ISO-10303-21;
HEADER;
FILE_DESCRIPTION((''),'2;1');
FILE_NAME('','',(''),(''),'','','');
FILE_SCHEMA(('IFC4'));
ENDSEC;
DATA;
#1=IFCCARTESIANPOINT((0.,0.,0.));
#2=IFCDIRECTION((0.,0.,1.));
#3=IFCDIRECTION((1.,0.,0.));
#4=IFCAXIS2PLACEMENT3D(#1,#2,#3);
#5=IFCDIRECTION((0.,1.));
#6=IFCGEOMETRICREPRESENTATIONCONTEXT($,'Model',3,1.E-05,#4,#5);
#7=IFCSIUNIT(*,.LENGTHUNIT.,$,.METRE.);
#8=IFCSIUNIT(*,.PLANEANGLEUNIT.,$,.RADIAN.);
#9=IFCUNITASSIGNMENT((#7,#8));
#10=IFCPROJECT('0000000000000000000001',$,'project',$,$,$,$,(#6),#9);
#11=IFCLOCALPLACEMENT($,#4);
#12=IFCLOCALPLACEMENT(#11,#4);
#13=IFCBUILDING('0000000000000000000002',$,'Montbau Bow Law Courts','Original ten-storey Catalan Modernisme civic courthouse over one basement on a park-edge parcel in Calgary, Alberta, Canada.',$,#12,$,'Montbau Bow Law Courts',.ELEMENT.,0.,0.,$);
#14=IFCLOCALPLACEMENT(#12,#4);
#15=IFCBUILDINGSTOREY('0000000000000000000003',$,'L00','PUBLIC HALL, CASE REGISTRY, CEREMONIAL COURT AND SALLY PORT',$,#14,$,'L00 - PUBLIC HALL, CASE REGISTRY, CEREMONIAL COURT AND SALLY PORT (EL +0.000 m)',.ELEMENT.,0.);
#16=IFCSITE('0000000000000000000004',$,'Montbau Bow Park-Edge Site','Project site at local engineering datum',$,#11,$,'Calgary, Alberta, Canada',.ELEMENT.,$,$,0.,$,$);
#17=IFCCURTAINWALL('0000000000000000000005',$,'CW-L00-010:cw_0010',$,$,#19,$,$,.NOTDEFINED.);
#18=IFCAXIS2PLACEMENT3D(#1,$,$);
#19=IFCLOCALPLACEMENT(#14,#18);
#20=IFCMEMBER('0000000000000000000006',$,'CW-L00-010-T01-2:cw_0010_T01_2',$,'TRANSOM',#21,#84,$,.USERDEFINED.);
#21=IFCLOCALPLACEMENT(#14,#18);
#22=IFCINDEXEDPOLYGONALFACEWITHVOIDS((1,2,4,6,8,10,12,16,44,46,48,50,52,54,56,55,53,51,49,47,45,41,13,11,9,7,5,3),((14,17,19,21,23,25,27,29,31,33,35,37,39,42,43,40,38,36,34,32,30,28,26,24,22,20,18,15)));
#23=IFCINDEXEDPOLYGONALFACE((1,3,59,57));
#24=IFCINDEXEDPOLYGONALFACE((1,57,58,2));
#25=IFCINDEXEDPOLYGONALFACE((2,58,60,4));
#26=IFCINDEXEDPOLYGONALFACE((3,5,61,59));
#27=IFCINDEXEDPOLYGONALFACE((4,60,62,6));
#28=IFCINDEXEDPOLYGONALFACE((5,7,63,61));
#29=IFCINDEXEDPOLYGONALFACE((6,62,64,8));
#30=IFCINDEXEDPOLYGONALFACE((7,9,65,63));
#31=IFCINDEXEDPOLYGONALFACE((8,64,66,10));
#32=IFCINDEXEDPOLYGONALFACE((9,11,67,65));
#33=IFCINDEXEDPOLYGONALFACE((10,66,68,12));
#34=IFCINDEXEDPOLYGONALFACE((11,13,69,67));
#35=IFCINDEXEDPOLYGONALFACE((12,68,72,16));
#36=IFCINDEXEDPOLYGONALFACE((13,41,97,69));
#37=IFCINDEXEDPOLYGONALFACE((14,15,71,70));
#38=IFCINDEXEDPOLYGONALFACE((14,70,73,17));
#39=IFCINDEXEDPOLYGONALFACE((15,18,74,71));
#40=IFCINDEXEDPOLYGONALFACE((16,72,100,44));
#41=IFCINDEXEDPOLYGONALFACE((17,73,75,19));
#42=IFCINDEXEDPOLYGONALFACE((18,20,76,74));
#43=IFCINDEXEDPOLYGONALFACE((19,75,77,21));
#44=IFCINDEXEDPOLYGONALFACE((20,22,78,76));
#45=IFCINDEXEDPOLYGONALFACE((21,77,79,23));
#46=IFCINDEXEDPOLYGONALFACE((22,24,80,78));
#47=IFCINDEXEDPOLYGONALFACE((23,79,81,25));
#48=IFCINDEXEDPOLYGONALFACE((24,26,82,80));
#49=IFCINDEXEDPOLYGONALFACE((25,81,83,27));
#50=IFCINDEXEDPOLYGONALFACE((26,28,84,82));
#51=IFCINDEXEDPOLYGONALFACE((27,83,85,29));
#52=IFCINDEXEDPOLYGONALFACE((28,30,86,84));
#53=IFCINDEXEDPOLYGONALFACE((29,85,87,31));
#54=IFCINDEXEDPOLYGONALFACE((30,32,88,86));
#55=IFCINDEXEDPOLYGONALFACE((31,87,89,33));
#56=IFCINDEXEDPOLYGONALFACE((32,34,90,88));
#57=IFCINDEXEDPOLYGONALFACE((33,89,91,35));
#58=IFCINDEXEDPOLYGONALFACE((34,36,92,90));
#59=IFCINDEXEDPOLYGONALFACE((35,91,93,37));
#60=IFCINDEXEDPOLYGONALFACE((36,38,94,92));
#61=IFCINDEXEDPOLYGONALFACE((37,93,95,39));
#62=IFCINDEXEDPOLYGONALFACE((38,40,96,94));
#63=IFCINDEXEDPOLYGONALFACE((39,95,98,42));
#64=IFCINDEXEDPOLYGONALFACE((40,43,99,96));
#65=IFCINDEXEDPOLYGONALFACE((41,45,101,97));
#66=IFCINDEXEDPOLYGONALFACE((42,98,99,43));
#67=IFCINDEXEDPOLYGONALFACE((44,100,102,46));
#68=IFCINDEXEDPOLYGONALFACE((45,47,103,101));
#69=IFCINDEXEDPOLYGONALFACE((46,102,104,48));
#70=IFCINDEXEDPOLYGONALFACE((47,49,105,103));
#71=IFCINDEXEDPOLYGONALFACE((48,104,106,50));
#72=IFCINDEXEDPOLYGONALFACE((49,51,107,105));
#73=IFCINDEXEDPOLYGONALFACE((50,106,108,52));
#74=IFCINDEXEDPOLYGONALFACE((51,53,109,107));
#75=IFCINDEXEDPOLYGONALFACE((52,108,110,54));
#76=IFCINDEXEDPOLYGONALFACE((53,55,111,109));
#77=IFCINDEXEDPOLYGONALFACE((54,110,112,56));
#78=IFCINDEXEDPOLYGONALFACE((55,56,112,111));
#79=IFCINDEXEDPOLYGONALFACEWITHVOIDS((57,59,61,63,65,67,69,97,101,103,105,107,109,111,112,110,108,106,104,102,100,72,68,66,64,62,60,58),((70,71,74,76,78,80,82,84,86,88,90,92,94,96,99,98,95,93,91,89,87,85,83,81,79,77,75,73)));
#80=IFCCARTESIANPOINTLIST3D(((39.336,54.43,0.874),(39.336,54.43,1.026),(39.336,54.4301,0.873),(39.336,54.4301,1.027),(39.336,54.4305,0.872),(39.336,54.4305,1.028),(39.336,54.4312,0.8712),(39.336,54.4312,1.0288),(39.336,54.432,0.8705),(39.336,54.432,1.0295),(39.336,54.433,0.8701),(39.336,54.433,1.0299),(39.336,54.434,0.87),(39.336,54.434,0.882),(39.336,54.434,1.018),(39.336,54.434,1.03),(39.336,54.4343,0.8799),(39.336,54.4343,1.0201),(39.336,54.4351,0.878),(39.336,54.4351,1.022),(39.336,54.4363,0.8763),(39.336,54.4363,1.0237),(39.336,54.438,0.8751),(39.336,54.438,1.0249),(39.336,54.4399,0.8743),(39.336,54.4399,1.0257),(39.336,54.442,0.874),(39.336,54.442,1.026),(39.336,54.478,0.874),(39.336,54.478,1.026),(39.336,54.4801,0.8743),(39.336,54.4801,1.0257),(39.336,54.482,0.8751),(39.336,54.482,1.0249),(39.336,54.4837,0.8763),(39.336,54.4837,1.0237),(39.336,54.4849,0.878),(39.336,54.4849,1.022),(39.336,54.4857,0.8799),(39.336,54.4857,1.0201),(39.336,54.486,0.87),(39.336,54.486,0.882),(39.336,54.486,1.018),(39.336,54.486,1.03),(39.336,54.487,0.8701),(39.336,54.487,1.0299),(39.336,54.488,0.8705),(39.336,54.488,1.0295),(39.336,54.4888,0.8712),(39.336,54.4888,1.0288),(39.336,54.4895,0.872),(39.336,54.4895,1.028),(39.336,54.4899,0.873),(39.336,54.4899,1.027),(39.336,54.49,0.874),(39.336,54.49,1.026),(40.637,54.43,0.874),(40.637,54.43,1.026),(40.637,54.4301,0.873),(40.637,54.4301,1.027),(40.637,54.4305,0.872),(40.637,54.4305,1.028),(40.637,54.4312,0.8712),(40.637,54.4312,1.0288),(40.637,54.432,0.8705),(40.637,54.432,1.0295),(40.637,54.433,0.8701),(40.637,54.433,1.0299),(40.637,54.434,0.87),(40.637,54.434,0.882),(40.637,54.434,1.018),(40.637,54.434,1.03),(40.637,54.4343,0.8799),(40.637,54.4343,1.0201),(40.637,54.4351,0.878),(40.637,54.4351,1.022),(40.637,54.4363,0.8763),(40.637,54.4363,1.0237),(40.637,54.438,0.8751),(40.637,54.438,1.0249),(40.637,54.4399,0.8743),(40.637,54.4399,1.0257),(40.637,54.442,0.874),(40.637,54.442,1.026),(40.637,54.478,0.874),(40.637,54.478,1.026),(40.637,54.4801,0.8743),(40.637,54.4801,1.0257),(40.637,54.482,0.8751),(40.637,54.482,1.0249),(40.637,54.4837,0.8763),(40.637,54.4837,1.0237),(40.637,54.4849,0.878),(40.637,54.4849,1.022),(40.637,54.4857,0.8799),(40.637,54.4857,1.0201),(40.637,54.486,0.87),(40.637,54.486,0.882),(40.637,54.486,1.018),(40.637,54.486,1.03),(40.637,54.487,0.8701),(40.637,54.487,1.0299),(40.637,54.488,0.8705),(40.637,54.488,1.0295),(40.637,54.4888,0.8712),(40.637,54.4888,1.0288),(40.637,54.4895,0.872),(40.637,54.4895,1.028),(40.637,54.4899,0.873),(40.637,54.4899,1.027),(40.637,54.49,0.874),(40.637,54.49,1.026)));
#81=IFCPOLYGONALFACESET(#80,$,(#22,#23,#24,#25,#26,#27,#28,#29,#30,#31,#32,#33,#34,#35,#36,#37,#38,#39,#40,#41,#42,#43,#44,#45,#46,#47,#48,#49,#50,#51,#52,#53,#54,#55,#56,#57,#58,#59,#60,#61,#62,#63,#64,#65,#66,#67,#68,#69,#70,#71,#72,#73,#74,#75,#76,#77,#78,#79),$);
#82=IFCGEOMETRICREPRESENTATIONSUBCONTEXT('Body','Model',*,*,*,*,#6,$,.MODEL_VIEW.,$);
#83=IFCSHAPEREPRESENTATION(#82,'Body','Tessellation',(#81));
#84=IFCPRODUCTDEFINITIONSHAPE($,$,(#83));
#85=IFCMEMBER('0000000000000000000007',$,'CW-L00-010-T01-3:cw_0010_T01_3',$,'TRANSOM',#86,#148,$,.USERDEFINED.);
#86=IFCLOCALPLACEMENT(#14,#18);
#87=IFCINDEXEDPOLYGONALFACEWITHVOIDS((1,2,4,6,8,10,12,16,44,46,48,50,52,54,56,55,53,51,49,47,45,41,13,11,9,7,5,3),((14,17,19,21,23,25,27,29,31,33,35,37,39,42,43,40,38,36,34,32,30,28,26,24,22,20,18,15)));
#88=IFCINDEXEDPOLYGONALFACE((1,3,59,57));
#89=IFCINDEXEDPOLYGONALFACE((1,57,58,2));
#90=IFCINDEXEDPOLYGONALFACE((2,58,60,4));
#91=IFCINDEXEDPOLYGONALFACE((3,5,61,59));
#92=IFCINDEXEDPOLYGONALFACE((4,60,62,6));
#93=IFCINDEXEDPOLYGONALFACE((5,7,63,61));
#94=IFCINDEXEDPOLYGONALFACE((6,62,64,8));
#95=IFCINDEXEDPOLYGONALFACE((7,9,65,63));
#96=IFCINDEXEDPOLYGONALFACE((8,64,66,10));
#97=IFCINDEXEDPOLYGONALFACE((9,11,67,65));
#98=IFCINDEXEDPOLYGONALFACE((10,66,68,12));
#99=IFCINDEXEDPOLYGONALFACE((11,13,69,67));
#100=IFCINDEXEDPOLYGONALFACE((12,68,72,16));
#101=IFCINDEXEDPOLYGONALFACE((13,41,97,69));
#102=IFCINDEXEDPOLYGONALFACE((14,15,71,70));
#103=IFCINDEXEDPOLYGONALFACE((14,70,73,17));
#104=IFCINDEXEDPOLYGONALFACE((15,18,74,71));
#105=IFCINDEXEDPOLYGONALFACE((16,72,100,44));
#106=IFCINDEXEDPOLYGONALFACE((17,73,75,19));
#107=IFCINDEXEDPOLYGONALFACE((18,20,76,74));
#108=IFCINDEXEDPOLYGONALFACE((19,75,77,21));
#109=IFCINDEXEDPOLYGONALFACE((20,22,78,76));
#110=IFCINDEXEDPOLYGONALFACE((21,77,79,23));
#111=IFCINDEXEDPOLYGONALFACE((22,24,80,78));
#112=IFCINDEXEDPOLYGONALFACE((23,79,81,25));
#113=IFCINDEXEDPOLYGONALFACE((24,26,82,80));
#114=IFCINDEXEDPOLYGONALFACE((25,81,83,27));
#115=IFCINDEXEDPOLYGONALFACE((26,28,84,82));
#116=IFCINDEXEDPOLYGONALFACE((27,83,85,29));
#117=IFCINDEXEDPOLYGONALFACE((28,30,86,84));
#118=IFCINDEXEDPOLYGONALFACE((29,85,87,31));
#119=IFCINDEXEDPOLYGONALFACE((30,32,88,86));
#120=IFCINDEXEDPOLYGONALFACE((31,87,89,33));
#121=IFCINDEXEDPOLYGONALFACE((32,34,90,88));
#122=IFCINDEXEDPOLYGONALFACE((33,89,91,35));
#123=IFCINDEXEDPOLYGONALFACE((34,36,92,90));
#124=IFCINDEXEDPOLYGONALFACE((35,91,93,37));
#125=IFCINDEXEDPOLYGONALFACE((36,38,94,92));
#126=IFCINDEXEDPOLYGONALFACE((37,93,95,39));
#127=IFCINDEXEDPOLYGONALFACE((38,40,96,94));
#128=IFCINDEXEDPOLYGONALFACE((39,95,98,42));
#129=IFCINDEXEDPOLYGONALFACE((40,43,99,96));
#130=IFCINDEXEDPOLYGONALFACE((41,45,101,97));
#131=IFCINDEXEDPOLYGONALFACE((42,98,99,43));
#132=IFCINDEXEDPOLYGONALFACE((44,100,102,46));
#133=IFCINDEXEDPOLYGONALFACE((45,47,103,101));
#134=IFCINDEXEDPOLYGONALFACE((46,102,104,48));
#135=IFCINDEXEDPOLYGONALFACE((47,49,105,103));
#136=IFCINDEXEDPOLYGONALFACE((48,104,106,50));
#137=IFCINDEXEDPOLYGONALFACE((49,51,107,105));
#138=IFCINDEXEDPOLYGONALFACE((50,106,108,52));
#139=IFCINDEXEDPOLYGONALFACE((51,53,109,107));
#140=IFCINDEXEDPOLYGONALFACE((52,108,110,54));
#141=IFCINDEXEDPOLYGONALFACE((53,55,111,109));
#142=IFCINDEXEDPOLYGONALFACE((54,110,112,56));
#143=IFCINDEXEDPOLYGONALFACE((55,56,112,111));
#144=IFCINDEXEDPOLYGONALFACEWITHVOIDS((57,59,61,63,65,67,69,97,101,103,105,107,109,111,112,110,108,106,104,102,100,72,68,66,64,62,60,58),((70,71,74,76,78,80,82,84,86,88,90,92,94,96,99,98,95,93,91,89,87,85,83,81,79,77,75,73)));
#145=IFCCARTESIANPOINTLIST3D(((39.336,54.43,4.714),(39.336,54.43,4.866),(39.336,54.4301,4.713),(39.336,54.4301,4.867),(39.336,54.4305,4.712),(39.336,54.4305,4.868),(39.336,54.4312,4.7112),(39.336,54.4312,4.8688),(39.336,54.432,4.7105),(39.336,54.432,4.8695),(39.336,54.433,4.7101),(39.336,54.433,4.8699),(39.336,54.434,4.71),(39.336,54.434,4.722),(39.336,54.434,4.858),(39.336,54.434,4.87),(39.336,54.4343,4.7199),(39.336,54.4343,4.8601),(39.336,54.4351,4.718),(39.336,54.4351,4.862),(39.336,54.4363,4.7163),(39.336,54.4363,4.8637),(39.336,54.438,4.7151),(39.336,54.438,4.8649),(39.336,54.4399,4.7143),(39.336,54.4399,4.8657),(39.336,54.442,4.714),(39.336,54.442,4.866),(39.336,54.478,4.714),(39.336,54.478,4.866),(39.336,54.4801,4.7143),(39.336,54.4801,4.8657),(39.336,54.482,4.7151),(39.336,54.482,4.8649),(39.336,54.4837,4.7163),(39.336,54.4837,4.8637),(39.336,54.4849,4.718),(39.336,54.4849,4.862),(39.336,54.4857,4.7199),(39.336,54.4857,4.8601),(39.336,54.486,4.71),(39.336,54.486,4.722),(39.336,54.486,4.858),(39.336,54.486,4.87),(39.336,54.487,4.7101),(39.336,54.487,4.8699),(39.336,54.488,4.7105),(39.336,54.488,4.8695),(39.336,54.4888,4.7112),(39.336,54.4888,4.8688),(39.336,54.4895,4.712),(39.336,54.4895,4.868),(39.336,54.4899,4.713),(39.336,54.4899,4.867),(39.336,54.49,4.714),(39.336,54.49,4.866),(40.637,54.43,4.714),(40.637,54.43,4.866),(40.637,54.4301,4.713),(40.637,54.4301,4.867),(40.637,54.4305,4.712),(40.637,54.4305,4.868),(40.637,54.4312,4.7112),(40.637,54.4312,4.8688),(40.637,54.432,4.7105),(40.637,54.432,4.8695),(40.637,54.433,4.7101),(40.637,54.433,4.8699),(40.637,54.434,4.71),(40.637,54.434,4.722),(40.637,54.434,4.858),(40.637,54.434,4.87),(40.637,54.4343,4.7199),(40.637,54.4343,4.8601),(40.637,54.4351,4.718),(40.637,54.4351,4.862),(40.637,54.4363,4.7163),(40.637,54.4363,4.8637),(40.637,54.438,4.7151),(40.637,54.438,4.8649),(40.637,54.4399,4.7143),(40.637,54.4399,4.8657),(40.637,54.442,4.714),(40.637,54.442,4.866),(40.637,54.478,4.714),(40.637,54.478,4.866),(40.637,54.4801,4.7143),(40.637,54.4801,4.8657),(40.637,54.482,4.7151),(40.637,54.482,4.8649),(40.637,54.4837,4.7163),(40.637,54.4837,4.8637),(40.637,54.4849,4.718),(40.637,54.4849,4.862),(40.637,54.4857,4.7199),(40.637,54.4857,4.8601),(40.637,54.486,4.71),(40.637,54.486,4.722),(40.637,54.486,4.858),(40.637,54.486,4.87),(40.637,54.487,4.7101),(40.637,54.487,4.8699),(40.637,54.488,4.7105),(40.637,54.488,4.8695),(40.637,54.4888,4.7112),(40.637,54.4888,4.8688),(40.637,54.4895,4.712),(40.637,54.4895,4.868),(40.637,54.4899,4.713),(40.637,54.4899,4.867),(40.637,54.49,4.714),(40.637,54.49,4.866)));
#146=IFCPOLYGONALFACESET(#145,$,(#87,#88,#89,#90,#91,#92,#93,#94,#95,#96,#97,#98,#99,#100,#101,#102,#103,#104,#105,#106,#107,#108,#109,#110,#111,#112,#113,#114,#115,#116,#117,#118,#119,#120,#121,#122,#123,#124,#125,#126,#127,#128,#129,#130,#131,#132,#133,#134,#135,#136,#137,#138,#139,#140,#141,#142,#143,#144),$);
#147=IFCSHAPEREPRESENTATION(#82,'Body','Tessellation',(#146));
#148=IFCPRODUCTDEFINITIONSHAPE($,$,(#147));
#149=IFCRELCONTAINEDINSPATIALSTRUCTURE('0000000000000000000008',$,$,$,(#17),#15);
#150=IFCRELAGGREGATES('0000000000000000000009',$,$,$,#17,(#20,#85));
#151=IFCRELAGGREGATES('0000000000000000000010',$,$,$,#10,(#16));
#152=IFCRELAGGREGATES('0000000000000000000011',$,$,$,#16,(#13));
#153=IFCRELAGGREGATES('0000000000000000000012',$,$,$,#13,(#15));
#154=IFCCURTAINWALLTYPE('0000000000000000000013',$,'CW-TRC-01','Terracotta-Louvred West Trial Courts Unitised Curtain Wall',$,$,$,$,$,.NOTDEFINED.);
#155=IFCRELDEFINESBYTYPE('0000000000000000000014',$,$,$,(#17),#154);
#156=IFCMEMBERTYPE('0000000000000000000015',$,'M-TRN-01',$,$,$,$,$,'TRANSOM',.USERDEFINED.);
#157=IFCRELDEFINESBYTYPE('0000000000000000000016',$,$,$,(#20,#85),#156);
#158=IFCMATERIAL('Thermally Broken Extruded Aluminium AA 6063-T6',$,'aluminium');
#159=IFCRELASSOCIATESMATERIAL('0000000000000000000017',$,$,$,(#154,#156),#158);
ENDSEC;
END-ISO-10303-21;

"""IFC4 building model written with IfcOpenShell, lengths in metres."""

from ifc_helpers import new_model, si_unit, direction, frame, origin_with_axes, origin_2d_with_axis, place, context, subcontext, project, spatial, hollow_rectangle, extrude, material, material_profile, profile_set, type_object, element, aggregate, save


model = new_model("IFC4")

# Units and contexts
model_context = context("Model", 3, precision=1e-05, world=origin_with_axes(), true_north=direction((0.0, 1.0)))
body_context = subcontext(model_context, "Body", "Model", "MODEL_VIEW")
ifc_project = project(units=[si_unit("LENGTHUNIT", "METRE"), si_unit("PLANEANGLEUNIT", "RADIAN")], contexts=[model_context])

# Site, building, storey
site_placement = place(None, origin_with_axes())
site = spatial("IfcSite", under=ifc_project, at=site_placement, Name="Montbau Bow Park-Edge Site", Description="Project site at local engineering datum", LongName="Calgary, Alberta, Canada", CompositionType="ELEMENT", RefElevation=0.0)
building_placement = place(site_placement, origin_with_axes())
building = spatial("IfcBuilding", under=site, at=building_placement, Name="Montbau Bow Law Courts", Description="Original ten-storey Catalan Modernisme civic courthouse over one basement on a park-edge parcel in Calgary, Alberta, Canada.", LongName="Montbau Bow Law Courts", CompositionType="ELEMENT", ElevationOfRefHeight=0.0, ElevationOfTerrain=0.0)
storey_placement = place(building_placement, origin_with_axes())
storey = spatial("IfcBuildingStorey", under=building, at=storey_placement, Name="L00", Description="PUBLIC HALL, CASE REGISTRY, CEREMONIAL COURT AND SALLY PORT", LongName="L00 - PUBLIC HALL, CASE REGISTRY, CEREMONIAL COURT AND SALLY PORT (EL +0.000 m)", CompositionType="ELEMENT", Elevation=0.0)

# Curtain wall, members
ifc_material_1 = material(Name="Thermally Broken Extruded Aluminium AA 6063-T6", Category="aluminium")
curtain_wall_type = type_object("IfcCurtainWallType", Name="CW-TRC-01", Description="Terracotta-Louvred West Trial Courts Unitised Curtain Wall", PredefinedType="NOTDEFINED", material=ifc_material_1)
curtain_wall_1_placement = place(None, frame((39.268, 54.46, 0.0), z_axis=(0.0, 0.0, 1.0), x_axis=(1.0, 0.0, 0.0)))
curtain_wall_1 = element("IfcCurtainWall", 1, at=curtain_wall_1_placement, inside=storey, type_object=curtain_wall_type, Name="CW-L00-010:cw_0010", PredefinedType="NOTDEFINED")
ifc_material_profile_1 = material_profile(ifc_material_1, hollow_rectangle(XDim=0.06, YDim=0.16, WallThickness=0.004, InnerFilletRadius=0.008, OuterFilletRadius=0.004, at=origin_2d_with_axis()), Name="CWT-160X60", Category="Main", Priority=0)
ifc_profile_set_1 = profile_set([ifc_material_profile_1], Name="Thermally Broken Extruded Aluminium AA 6063-T6")
member_type_1 = type_object("IfcMemberType", Name="M-TRN-01", ElementType="TRANSOM", PredefinedType="USERDEFINED", material=ifc_profile_set_1)
member_1_placement = place(None, frame((39.336, 54.46, 0.95), z_axis=(1.0, 0.0, 0.0), x_axis=(0.0, 1.0, 0.0)))
member_1 = element("IfcMember", 2, at=member_1_placement, type_object=member_type_1, Name="CW-L00-010-T01-2:cw_0010_T01_2", ObjectType="TRANSOM", PredefinedType="USERDEFINED", context=body_context, shape_type="SweptSolid", body=[
    extrude(hollow_rectangle(XDim=0.06, YDim=0.16, WallThickness=0.004, InnerFilletRadius=0.008, OuterFilletRadius=0.004, at=origin_2d_with_axis()), origin_with_axes(), (0.0, 0.0, 1.0), 1.301),
])
member_2_placement = place(None, frame((39.336, 54.46, 4.79), z_axis=(1.0, 0.0, 0.0), x_axis=(0.0, 1.0, 0.0)))
member_2 = element("IfcMember", 3, at=member_2_placement, type_object=member_type_1, Name="CW-L00-010-T01-3:cw_0010_T01_3", ObjectType="TRANSOM", PredefinedType="USERDEFINED", context=body_context, shape_type="SweptSolid", body=[
    extrude(hollow_rectangle(XDim=0.06, YDim=0.16, WallThickness=0.004, InnerFilletRadius=0.008, OuterFilletRadius=0.004, at=origin_2d_with_axis()), origin_with_axes(), (0.0, 0.0, 1.0), 1.301),
])

aggregate(curtain_wall_1, [member_1, member_2])

save(model, "model.ifc")
